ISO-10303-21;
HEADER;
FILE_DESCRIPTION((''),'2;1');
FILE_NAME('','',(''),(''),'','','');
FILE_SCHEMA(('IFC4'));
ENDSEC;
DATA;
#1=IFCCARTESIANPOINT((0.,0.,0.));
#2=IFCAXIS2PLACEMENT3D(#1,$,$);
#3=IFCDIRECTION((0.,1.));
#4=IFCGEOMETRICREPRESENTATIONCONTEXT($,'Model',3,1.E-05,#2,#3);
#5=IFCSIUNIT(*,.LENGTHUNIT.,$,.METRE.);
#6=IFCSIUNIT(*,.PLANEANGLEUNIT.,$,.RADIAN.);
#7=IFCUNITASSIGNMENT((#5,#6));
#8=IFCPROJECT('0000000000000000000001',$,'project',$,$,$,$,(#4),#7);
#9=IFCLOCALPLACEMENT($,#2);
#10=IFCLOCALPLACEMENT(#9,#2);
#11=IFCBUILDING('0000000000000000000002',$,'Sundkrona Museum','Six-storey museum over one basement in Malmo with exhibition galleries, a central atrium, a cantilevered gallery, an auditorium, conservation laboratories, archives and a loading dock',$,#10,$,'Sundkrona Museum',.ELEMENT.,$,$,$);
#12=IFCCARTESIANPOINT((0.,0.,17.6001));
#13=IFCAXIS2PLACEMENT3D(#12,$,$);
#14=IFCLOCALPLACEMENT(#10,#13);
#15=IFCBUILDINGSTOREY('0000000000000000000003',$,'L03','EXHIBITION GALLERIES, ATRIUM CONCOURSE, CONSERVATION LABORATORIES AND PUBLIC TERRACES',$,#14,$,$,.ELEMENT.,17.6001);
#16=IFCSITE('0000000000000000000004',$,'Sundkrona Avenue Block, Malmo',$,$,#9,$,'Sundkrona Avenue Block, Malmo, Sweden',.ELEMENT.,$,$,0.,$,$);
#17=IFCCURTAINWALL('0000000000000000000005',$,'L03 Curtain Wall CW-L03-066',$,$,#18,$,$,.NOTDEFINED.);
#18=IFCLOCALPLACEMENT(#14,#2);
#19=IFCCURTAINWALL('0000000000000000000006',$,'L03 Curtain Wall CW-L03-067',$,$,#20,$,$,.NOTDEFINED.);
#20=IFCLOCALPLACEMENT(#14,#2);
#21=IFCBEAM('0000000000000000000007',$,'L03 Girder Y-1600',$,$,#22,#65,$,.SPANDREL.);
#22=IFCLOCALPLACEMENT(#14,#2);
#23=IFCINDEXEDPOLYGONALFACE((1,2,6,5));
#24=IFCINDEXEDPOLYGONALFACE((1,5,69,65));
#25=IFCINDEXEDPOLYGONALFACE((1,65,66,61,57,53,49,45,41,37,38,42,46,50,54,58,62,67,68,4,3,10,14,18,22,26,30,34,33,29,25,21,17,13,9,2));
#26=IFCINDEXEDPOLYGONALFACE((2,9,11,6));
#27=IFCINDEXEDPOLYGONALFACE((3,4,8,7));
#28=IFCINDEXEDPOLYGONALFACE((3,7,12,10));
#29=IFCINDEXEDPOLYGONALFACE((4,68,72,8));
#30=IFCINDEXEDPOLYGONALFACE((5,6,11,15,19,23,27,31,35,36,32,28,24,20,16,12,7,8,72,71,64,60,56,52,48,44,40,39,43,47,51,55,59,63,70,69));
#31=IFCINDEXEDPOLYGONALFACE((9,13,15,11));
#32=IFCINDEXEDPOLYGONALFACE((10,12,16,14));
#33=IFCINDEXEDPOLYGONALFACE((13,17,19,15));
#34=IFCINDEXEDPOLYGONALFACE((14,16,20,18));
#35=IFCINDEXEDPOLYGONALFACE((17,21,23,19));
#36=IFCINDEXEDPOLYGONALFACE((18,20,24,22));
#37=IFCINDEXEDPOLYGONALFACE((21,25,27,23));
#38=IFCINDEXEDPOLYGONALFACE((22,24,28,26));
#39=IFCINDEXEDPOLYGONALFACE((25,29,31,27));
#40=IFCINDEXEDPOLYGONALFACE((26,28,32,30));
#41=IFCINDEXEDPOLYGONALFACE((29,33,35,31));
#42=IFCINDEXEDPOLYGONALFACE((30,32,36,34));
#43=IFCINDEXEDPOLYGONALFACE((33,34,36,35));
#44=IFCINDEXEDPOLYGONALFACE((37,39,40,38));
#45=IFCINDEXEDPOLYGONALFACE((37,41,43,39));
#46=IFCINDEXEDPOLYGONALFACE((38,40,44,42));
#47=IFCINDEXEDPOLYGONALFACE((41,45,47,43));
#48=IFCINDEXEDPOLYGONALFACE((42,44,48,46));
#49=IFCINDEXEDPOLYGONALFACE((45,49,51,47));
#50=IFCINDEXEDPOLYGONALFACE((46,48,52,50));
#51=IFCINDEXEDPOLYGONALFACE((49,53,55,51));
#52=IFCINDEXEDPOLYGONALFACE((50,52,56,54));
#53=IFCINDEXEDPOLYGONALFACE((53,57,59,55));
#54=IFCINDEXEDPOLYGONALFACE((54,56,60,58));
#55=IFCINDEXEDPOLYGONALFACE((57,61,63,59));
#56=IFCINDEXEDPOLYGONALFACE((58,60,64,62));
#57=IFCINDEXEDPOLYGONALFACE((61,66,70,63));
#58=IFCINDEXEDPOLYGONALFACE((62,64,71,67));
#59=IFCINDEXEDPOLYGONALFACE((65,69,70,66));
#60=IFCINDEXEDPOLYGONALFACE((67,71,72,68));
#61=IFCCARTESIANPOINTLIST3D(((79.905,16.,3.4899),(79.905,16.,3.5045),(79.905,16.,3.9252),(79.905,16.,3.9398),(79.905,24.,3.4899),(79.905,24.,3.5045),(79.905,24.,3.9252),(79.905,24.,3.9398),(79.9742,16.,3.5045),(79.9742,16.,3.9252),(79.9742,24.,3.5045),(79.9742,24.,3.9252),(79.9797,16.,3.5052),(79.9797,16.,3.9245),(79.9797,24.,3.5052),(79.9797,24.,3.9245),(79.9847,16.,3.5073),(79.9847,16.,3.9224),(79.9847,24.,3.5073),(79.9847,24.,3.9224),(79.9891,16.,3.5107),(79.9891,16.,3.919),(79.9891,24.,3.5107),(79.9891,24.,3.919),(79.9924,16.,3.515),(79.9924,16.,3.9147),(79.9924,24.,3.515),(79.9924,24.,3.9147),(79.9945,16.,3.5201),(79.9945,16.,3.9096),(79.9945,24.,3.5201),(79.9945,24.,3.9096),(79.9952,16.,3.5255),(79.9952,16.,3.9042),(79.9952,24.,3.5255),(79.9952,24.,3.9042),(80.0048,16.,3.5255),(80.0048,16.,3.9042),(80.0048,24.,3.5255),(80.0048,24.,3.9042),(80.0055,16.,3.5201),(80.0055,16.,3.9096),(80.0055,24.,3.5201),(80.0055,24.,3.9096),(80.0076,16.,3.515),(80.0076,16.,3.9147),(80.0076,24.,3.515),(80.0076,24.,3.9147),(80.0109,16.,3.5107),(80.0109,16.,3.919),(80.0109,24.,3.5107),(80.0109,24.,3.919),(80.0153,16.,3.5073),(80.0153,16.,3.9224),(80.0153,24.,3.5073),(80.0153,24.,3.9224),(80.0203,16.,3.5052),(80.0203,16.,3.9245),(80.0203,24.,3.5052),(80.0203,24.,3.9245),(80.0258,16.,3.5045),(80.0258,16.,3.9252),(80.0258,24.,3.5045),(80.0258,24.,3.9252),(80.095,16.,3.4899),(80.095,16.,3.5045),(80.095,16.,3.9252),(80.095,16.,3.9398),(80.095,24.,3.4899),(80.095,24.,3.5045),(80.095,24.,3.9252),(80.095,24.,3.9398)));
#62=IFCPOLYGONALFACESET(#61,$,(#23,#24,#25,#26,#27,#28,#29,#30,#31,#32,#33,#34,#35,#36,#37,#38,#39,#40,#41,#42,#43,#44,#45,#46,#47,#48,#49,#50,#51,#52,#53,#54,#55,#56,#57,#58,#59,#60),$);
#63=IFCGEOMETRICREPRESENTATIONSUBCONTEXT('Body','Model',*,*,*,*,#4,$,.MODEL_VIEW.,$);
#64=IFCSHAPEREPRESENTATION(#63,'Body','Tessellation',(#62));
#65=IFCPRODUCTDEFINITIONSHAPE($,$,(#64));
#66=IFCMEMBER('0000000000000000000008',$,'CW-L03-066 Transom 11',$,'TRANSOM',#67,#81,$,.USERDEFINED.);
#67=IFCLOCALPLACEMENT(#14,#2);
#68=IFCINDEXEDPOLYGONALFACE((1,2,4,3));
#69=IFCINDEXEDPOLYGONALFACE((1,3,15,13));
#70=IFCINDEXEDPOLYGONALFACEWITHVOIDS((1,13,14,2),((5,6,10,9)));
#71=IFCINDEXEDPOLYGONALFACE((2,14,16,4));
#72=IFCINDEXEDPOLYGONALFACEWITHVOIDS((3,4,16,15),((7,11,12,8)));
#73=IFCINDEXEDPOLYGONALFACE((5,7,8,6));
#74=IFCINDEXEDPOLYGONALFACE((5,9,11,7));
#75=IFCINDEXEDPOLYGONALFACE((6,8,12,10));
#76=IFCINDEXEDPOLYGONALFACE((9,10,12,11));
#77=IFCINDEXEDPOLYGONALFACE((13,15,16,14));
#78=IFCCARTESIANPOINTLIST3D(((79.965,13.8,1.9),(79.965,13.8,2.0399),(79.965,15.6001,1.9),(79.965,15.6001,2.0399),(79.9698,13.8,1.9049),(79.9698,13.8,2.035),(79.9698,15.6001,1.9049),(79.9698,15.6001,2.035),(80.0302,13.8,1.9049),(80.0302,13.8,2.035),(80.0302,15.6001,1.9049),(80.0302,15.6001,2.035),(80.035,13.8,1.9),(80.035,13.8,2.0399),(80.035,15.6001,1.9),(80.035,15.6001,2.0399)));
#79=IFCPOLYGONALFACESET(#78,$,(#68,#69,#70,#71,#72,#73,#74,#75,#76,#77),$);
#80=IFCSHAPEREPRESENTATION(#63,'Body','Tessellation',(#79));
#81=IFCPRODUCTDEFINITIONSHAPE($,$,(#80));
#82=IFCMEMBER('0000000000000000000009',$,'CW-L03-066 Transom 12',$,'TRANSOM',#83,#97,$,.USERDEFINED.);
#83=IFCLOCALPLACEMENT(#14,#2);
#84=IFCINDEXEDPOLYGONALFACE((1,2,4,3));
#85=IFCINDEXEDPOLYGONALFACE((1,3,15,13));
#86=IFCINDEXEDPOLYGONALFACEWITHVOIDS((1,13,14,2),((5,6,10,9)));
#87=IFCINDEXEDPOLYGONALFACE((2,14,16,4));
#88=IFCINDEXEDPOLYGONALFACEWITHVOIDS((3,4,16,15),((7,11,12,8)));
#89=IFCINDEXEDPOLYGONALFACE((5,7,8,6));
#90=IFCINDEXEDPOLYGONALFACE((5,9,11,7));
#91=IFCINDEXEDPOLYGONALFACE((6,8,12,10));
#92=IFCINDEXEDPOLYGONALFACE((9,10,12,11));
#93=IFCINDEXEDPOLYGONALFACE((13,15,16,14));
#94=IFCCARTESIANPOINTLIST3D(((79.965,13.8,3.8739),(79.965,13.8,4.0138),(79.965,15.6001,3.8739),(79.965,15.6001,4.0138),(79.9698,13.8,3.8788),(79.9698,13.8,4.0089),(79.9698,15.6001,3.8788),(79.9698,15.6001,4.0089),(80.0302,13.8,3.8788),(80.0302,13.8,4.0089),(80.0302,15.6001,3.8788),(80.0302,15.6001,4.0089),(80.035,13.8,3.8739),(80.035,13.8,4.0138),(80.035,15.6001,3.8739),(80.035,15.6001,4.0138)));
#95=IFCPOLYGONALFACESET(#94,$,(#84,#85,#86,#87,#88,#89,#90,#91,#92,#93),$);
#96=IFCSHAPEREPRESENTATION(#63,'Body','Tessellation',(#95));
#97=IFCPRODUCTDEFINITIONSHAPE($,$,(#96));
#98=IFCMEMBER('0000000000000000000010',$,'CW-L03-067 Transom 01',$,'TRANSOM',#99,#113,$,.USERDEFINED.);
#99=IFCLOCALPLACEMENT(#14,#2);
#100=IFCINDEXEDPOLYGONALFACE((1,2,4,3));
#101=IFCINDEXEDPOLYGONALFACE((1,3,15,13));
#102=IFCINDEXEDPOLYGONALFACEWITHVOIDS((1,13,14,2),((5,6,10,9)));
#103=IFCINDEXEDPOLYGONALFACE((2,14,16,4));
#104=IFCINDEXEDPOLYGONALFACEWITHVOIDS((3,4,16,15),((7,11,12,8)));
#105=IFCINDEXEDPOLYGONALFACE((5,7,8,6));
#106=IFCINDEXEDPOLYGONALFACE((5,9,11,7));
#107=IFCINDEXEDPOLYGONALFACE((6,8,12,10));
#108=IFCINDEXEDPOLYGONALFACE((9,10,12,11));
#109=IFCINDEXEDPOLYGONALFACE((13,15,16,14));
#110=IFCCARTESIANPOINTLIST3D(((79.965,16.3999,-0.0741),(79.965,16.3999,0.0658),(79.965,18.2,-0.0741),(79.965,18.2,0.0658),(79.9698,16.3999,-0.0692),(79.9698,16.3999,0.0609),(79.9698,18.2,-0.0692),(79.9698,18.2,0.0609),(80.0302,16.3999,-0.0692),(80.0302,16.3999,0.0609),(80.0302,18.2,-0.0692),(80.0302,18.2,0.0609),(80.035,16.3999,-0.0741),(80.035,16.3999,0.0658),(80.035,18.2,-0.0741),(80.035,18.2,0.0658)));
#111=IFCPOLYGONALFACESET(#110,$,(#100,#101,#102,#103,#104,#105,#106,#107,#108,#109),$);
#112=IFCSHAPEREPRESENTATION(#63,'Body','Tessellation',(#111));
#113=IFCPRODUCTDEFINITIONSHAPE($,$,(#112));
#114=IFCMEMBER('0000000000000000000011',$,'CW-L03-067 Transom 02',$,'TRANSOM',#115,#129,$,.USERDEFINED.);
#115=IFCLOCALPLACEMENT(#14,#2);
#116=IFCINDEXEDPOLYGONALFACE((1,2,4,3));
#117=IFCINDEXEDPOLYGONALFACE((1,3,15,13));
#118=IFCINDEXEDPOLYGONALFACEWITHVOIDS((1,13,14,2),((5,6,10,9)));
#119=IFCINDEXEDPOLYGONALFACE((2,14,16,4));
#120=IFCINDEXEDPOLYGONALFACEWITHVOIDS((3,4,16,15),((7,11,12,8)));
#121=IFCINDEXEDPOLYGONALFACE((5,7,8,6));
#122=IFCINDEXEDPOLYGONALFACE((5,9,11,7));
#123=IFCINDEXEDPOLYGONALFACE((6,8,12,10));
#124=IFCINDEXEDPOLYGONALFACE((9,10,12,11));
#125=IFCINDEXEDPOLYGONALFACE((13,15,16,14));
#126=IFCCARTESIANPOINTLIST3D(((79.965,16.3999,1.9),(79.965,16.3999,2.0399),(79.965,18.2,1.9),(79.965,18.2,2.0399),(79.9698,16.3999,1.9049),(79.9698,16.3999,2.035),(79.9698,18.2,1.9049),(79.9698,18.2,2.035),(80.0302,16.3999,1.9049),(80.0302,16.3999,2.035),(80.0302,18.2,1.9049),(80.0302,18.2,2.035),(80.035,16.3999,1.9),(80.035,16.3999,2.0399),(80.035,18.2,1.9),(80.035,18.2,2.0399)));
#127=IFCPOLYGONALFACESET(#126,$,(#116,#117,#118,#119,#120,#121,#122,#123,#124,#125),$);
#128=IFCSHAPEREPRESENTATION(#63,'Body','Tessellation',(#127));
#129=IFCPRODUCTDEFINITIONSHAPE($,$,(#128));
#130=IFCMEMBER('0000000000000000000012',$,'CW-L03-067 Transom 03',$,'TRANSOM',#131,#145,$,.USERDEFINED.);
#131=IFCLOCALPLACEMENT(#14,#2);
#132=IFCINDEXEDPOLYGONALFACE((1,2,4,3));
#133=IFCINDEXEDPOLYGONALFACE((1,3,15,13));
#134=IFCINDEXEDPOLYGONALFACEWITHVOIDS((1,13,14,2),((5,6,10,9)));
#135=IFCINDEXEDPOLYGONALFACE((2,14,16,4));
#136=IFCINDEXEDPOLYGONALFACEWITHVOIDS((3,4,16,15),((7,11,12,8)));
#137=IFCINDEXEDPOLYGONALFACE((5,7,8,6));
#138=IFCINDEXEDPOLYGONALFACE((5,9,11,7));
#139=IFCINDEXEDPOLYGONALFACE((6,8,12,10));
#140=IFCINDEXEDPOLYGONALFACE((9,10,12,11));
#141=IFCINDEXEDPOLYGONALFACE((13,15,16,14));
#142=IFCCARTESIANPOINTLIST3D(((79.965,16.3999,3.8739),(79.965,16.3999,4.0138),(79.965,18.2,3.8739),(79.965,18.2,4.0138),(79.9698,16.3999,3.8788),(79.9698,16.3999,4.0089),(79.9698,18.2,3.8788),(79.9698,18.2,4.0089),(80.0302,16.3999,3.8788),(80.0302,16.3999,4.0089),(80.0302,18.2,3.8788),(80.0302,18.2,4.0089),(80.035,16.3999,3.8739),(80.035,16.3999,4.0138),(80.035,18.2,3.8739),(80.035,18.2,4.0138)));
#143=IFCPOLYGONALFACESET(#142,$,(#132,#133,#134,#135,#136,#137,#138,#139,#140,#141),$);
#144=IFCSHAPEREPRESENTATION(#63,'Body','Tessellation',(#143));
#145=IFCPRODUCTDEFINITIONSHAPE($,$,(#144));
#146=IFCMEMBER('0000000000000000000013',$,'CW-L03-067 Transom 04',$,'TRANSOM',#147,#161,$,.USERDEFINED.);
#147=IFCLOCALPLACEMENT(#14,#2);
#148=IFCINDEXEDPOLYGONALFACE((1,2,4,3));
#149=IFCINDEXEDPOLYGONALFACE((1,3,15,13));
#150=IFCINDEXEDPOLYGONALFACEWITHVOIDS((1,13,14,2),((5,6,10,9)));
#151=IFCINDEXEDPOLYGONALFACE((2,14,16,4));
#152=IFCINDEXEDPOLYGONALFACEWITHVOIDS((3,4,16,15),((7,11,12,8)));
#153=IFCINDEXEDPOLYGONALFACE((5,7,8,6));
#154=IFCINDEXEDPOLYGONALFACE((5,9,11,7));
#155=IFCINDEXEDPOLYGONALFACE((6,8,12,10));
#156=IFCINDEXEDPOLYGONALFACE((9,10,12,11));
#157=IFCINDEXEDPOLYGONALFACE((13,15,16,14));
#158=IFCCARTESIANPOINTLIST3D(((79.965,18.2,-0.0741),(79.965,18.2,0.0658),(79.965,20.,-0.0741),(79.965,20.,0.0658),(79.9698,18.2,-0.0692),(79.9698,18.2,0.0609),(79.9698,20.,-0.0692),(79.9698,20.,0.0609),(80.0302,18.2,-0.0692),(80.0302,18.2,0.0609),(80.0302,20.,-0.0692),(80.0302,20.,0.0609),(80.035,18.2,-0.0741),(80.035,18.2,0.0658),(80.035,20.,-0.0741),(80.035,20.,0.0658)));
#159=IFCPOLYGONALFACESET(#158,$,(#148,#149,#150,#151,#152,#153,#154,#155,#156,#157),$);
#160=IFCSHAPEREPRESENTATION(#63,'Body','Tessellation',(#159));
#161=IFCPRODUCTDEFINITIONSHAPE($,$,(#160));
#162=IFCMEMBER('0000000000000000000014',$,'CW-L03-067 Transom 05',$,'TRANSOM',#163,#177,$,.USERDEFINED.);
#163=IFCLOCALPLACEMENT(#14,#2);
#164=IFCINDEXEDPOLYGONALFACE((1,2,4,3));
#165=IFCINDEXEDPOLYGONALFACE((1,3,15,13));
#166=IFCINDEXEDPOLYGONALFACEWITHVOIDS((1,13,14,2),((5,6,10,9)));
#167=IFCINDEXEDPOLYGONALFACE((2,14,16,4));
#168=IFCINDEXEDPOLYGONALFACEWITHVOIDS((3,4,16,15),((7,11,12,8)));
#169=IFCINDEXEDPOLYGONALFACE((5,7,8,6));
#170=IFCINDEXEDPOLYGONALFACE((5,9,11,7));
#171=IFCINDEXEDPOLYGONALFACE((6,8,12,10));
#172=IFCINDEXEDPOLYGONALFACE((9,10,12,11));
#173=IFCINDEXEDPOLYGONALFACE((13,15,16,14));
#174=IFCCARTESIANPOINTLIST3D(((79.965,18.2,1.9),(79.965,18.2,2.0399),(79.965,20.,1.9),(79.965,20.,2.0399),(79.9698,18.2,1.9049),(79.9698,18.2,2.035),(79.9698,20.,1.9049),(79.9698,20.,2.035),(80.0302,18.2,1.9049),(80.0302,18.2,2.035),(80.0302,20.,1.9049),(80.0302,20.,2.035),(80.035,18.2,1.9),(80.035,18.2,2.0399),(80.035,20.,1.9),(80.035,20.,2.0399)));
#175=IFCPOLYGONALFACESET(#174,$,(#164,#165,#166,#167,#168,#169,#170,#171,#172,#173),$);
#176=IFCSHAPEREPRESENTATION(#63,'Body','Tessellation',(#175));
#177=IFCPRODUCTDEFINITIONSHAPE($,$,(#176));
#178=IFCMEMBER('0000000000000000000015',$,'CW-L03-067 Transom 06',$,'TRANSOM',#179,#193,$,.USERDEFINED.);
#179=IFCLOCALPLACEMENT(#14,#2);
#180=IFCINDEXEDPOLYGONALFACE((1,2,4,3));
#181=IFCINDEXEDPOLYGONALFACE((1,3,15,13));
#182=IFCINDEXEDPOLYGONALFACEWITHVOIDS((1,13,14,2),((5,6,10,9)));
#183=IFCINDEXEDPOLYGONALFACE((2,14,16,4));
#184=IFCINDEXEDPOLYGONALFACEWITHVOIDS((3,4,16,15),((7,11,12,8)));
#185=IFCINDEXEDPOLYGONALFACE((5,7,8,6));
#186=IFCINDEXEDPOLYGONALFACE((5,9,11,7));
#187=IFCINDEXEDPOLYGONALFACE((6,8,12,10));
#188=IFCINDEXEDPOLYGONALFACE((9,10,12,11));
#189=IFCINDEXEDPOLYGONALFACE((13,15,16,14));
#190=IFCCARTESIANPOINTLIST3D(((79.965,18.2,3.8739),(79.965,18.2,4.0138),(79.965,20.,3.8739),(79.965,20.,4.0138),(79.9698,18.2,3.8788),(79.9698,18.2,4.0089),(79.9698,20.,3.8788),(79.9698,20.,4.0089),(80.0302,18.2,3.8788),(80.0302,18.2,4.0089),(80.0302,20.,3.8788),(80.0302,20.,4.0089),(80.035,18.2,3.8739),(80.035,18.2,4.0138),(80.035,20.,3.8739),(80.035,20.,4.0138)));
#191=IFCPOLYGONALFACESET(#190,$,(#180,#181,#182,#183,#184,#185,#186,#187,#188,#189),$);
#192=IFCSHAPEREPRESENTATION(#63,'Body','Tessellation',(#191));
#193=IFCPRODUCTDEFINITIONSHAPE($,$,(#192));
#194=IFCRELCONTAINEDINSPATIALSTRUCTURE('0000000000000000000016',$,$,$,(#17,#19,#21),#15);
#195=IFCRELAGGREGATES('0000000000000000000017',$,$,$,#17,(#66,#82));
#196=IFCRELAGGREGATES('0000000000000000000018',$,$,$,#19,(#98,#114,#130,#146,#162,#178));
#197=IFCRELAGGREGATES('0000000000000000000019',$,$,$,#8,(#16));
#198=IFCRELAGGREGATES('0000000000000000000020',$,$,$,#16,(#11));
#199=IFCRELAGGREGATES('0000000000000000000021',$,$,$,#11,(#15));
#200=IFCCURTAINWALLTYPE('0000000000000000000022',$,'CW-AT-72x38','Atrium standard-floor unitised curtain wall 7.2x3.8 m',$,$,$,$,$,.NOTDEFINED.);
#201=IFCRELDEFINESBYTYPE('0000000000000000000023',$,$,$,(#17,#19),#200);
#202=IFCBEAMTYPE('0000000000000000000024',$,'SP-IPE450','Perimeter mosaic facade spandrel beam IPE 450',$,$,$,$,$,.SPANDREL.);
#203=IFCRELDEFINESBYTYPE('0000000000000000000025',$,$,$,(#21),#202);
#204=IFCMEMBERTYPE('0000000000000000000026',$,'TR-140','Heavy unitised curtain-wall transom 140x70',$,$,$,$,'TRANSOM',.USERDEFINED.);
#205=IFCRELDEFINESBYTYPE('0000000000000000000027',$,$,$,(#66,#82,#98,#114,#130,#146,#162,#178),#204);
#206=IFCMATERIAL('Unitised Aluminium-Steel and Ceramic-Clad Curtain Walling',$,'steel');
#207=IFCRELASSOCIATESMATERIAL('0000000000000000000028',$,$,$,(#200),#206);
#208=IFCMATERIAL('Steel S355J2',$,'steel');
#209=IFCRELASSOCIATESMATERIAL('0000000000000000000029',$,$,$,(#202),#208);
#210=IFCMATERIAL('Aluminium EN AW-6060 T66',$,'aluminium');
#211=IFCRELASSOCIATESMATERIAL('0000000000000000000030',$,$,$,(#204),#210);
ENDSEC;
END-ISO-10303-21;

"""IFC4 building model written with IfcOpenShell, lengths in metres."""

from ifc_helpers import new_model, si_unit, direction, frame, origin, origin_2d, place, context, subcontext, project, spatial, hollow_rectangle, i_section, extrude, material, material_profile, profile_set, type_object, element, aggregate, save


model = new_model("IFC4")

# Units and contexts
model_context = context("Model", 3, precision=1e-05, world=origin(), true_north=direction((0.0, 1.0)))
body_context = subcontext(model_context, "Body", "Model", "MODEL_VIEW")
ifc_project = project(units=[si_unit("LENGTHUNIT", "METRE"), si_unit("PLANEANGLEUNIT", "RADIAN")], contexts=[model_context])

# Site, building, storey
site_placement = place(None, origin())
site = spatial("IfcSite", under=ifc_project, at=site_placement, Name="Sundkrona Avenue Block, Malmo", LongName="Sundkrona Avenue Block, Malmo, Sweden", CompositionType="ELEMENT", RefElevation=0.0)
building_placement = place(site_placement, origin())
building = spatial("IfcBuilding", under=site, at=building_placement, Name="Sundkrona Museum", Description="Six-storey museum over one basement in Malmo with exhibition galleries, a central atrium, a cantilevered gallery, an auditorium, conservation laboratories, archives and a loading dock", LongName="Sundkrona Museum", CompositionType="ELEMENT")
storey_placement = place(building_placement, frame((0.0, 0.0, 17.6001)))
storey = spatial("IfcBuildingStorey", under=building, at=storey_placement, Name="L03", Description="EXHIBITION GALLERIES, ATRIUM CONCOURSE, CONSERVATION LABORATORIES AND PUBLIC TERRACES", CompositionType="ELEMENT", Elevation=17.6001)

# Shared definitions
ifc_material_1 = material(Name="Steel S355J2", Category="steel")

# Curtain wall
ifc_material_2 = material(Name="Unitised Aluminium-Steel and Ceramic-Clad Curtain Walling", Category="steel")
curtain_wall_type = type_object("IfcCurtainWallType", Name="CW-AT-72x38", Description="Atrium standard-floor unitised curtain wall 7.2x3.8 m", PredefinedType="NOTDEFINED", material=ifc_material_2)
curtain_wall_1_placement = place(storey_placement, origin())
curtain_wall_1 = element("IfcCurtainWall", 1, at=curtain_wall_1_placement, inside=storey, type_object=curtain_wall_type, Name="L03 Curtain Wall CW-L03-066", PredefinedType="NOTDEFINED")
ifc_material_3 = material(Name="Aluminium EN AW-6060 T66", Category="aluminium")

# Curtain wall
curtain_wall_2_placement = place(storey_placement, origin())
curtain_wall_2 = element("IfcCurtainWall", 2, at=curtain_wall_2_placement, inside=storey, type_object=curtain_wall_type, Name="L03 Curtain Wall CW-L03-067", PredefinedType="NOTDEFINED")

# Beam
ifc_material_profile_1 = material_profile(ifc_material_1, i_section(OverallWidth=0.1899, OverallDepth=0.45, WebThickness=0.0095, FlangeThickness=0.0146, FilletRadius=0.021, at=origin_2d()), Name="IPE 450")
ifc_profile_set_1 = profile_set([ifc_material_profile_1], Name="Steel S355J2")
beam_type_1 = type_object("IfcBeamType", Name="SP-IPE450", Description="Perimeter mosaic facade spandrel beam IPE 450", PredefinedType="SPANDREL", material=ifc_profile_set_1)
beam_1_placement = place(storey_placement, frame((80.0, 16.0, 3.7148), z_axis=(0.0, 1.0, 0.0), x_axis=(-1.0, 0.0, 0.0)))
element("IfcBeam", 3, at=beam_1_placement, inside=storey, type_object=beam_type_1, Name="L03 Girder Y-1600", PredefinedType="SPANDREL", context=body_context, shape_type="SweptSolid", body=[
    extrude(i_section(OverallWidth=0.1899, OverallDepth=0.45, WebThickness=0.0095, FlangeThickness=0.0146, FilletRadius=0.021, at=origin_2d()), origin(), (0.0, 0.0, 1.0), 8.0),
])

# Members
ifc_material_profile_2 = material_profile(ifc_material_3, hollow_rectangle(XDim=0.0701, YDim=0.1399, WallThickness=0.0049, at=origin_2d()), Name="RHS 140x70x5.0")
ifc_profile_set_2 = profile_set([ifc_material_profile_2], Name="Aluminium EN AW-6060 T66")
member_type_1 = type_object("IfcMemberType", Name="TR-140", Description="Heavy unitised curtain-wall transom 140x70", ElementType="TRANSOM", PredefinedType="USERDEFINED", material=ifc_profile_set_2)
member_1_placement = place(storey_placement, frame((80.0, 13.8, 1.97), z_axis=(0.0, 1.0, 0.0), x_axis=(-1.0, 0.0, 0.0)))
member_1 = element("IfcMember", 4, at=member_1_placement, type_object=member_type_1, Name="CW-L03-066 Transom 11", ObjectType="TRANSOM", PredefinedType="USERDEFINED", context=body_context, shape_type="SweptSolid", body=[
    extrude(hollow_rectangle(XDim=0.0701, YDim=0.1399, WallThickness=0.0049, at=origin_2d()), origin(), (0.0, 0.0, 1.0), 1.8),
])
member_2_placement = place(storey_placement, frame((80.0, 13.8, 3.9438), z_axis=(0.0, 1.0, 0.0), x_axis=(-1.0, 0.0, 0.0)))
member_2 = element("IfcMember", 5, at=member_2_placement, type_object=member_type_1, Name="CW-L03-066 Transom 12", ObjectType="TRANSOM", PredefinedType="USERDEFINED", context=body_context, shape_type="SweptSolid", body=[
    extrude(hollow_rectangle(XDim=0.0701, YDim=0.1399, WallThickness=0.0049, at=origin_2d()), origin(), (0.0, 0.0, 1.0), 1.8),
])
member_3_placement = place(storey_placement, frame((80.0, 16.3999, -0.0042), z_axis=(0.0, 1.0, 0.0), x_axis=(-1.0, 0.0, 0.0)))
member_3 = element("IfcMember", 6, at=member_3_placement, type_object=member_type_1, Name="CW-L03-067 Transom 01", ObjectType="TRANSOM", PredefinedType="USERDEFINED", context=body_context, shape_type="SweptSolid", body=[
    extrude(hollow_rectangle(XDim=0.0701, YDim=0.1399, WallThickness=0.0049, at=origin_2d()), origin(), (0.0, 0.0, 1.0), 1.8),
])
member_4_placement = place(storey_placement, frame((80.0, 16.3999, 1.97), z_axis=(0.0, 1.0, 0.0), x_axis=(-1.0, 0.0, 0.0)))
member_4 = element("IfcMember", 7, at=member_4_placement, type_object=member_type_1, Name="CW-L03-067 Transom 02", ObjectType="TRANSOM", PredefinedType="USERDEFINED", context=body_context, shape_type="SweptSolid", body=[
    extrude(hollow_rectangle(XDim=0.0701, YDim=0.1399, WallThickness=0.0049, at=origin_2d()), origin(), (0.0, 0.0, 1.0), 1.8),
])
member_5_placement = place(storey_placement, frame((80.0, 16.3999, 3.9438), z_axis=(0.0, 1.0, 0.0), x_axis=(-1.0, 0.0, 0.0)))
member_5 = element("IfcMember", 8, at=member_5_placement, type_object=member_type_1, Name="CW-L03-067 Transom 03", ObjectType="TRANSOM", PredefinedType="USERDEFINED", context=body_context, shape_type="SweptSolid", body=[
    extrude(hollow_rectangle(XDim=0.0701, YDim=0.1399, WallThickness=0.0049, at=origin_2d()), origin(), (0.0, 0.0, 1.0), 1.8),
])
member_6_placement = place(storey_placement, frame((80.0, 18.2, -0.0042), z_axis=(0.0, 1.0, 0.0), x_axis=(-1.0, 0.0, 0.0)))
member_6 = element("IfcMember", 9, at=member_6_placement, type_object=member_type_1, Name="CW-L03-067 Transom 04", ObjectType="TRANSOM", PredefinedType="USERDEFINED", context=body_context, shape_type="SweptSolid", body=[
    extrude(hollow_rectangle(XDim=0.0701, YDim=0.1399, WallThickness=0.0049, at=origin_2d()), origin(), (0.0, 0.0, 1.0), 1.8),
])
member_7_placement = place(storey_placement, frame((80.0, 18.2, 1.97), z_axis=(0.0, 1.0, 0.0), x_axis=(-1.0, 0.0, 0.0)))
member_7 = element("IfcMember", 10, at=member_7_placement, type_object=member_type_1, Name="CW-L03-067 Transom 05", ObjectType="TRANSOM", PredefinedType="USERDEFINED", context=body_context, shape_type="SweptSolid", body=[
    extrude(hollow_rectangle(XDim=0.0701, YDim=0.1399, WallThickness=0.0049, at=origin_2d()), origin(), (0.0, 0.0, 1.0), 1.8),
])
member_8_placement = place(storey_placement, frame((80.0, 18.2, 3.9438), z_axis=(0.0, 1.0, 0.0), x_axis=(-1.0, 0.0, 0.0)))
member_8 = element("IfcMember", 11, at=member_8_placement, type_object=member_type_1, Name="CW-L03-067 Transom 06", ObjectType="TRANSOM", PredefinedType="USERDEFINED", context=body_context, shape_type="SweptSolid", body=[
    extrude(hollow_rectangle(XDim=0.0701, YDim=0.1399, WallThickness=0.0049, at=origin_2d()), origin(), (0.0, 0.0, 1.0), 1.8),
])

aggregate(curtain_wall_1, [member_1, member_2])
aggregate(curtain_wall_2, [member_3, member_4, member_5, member_6, member_7, member_8])

save(model, "model.ifc")
